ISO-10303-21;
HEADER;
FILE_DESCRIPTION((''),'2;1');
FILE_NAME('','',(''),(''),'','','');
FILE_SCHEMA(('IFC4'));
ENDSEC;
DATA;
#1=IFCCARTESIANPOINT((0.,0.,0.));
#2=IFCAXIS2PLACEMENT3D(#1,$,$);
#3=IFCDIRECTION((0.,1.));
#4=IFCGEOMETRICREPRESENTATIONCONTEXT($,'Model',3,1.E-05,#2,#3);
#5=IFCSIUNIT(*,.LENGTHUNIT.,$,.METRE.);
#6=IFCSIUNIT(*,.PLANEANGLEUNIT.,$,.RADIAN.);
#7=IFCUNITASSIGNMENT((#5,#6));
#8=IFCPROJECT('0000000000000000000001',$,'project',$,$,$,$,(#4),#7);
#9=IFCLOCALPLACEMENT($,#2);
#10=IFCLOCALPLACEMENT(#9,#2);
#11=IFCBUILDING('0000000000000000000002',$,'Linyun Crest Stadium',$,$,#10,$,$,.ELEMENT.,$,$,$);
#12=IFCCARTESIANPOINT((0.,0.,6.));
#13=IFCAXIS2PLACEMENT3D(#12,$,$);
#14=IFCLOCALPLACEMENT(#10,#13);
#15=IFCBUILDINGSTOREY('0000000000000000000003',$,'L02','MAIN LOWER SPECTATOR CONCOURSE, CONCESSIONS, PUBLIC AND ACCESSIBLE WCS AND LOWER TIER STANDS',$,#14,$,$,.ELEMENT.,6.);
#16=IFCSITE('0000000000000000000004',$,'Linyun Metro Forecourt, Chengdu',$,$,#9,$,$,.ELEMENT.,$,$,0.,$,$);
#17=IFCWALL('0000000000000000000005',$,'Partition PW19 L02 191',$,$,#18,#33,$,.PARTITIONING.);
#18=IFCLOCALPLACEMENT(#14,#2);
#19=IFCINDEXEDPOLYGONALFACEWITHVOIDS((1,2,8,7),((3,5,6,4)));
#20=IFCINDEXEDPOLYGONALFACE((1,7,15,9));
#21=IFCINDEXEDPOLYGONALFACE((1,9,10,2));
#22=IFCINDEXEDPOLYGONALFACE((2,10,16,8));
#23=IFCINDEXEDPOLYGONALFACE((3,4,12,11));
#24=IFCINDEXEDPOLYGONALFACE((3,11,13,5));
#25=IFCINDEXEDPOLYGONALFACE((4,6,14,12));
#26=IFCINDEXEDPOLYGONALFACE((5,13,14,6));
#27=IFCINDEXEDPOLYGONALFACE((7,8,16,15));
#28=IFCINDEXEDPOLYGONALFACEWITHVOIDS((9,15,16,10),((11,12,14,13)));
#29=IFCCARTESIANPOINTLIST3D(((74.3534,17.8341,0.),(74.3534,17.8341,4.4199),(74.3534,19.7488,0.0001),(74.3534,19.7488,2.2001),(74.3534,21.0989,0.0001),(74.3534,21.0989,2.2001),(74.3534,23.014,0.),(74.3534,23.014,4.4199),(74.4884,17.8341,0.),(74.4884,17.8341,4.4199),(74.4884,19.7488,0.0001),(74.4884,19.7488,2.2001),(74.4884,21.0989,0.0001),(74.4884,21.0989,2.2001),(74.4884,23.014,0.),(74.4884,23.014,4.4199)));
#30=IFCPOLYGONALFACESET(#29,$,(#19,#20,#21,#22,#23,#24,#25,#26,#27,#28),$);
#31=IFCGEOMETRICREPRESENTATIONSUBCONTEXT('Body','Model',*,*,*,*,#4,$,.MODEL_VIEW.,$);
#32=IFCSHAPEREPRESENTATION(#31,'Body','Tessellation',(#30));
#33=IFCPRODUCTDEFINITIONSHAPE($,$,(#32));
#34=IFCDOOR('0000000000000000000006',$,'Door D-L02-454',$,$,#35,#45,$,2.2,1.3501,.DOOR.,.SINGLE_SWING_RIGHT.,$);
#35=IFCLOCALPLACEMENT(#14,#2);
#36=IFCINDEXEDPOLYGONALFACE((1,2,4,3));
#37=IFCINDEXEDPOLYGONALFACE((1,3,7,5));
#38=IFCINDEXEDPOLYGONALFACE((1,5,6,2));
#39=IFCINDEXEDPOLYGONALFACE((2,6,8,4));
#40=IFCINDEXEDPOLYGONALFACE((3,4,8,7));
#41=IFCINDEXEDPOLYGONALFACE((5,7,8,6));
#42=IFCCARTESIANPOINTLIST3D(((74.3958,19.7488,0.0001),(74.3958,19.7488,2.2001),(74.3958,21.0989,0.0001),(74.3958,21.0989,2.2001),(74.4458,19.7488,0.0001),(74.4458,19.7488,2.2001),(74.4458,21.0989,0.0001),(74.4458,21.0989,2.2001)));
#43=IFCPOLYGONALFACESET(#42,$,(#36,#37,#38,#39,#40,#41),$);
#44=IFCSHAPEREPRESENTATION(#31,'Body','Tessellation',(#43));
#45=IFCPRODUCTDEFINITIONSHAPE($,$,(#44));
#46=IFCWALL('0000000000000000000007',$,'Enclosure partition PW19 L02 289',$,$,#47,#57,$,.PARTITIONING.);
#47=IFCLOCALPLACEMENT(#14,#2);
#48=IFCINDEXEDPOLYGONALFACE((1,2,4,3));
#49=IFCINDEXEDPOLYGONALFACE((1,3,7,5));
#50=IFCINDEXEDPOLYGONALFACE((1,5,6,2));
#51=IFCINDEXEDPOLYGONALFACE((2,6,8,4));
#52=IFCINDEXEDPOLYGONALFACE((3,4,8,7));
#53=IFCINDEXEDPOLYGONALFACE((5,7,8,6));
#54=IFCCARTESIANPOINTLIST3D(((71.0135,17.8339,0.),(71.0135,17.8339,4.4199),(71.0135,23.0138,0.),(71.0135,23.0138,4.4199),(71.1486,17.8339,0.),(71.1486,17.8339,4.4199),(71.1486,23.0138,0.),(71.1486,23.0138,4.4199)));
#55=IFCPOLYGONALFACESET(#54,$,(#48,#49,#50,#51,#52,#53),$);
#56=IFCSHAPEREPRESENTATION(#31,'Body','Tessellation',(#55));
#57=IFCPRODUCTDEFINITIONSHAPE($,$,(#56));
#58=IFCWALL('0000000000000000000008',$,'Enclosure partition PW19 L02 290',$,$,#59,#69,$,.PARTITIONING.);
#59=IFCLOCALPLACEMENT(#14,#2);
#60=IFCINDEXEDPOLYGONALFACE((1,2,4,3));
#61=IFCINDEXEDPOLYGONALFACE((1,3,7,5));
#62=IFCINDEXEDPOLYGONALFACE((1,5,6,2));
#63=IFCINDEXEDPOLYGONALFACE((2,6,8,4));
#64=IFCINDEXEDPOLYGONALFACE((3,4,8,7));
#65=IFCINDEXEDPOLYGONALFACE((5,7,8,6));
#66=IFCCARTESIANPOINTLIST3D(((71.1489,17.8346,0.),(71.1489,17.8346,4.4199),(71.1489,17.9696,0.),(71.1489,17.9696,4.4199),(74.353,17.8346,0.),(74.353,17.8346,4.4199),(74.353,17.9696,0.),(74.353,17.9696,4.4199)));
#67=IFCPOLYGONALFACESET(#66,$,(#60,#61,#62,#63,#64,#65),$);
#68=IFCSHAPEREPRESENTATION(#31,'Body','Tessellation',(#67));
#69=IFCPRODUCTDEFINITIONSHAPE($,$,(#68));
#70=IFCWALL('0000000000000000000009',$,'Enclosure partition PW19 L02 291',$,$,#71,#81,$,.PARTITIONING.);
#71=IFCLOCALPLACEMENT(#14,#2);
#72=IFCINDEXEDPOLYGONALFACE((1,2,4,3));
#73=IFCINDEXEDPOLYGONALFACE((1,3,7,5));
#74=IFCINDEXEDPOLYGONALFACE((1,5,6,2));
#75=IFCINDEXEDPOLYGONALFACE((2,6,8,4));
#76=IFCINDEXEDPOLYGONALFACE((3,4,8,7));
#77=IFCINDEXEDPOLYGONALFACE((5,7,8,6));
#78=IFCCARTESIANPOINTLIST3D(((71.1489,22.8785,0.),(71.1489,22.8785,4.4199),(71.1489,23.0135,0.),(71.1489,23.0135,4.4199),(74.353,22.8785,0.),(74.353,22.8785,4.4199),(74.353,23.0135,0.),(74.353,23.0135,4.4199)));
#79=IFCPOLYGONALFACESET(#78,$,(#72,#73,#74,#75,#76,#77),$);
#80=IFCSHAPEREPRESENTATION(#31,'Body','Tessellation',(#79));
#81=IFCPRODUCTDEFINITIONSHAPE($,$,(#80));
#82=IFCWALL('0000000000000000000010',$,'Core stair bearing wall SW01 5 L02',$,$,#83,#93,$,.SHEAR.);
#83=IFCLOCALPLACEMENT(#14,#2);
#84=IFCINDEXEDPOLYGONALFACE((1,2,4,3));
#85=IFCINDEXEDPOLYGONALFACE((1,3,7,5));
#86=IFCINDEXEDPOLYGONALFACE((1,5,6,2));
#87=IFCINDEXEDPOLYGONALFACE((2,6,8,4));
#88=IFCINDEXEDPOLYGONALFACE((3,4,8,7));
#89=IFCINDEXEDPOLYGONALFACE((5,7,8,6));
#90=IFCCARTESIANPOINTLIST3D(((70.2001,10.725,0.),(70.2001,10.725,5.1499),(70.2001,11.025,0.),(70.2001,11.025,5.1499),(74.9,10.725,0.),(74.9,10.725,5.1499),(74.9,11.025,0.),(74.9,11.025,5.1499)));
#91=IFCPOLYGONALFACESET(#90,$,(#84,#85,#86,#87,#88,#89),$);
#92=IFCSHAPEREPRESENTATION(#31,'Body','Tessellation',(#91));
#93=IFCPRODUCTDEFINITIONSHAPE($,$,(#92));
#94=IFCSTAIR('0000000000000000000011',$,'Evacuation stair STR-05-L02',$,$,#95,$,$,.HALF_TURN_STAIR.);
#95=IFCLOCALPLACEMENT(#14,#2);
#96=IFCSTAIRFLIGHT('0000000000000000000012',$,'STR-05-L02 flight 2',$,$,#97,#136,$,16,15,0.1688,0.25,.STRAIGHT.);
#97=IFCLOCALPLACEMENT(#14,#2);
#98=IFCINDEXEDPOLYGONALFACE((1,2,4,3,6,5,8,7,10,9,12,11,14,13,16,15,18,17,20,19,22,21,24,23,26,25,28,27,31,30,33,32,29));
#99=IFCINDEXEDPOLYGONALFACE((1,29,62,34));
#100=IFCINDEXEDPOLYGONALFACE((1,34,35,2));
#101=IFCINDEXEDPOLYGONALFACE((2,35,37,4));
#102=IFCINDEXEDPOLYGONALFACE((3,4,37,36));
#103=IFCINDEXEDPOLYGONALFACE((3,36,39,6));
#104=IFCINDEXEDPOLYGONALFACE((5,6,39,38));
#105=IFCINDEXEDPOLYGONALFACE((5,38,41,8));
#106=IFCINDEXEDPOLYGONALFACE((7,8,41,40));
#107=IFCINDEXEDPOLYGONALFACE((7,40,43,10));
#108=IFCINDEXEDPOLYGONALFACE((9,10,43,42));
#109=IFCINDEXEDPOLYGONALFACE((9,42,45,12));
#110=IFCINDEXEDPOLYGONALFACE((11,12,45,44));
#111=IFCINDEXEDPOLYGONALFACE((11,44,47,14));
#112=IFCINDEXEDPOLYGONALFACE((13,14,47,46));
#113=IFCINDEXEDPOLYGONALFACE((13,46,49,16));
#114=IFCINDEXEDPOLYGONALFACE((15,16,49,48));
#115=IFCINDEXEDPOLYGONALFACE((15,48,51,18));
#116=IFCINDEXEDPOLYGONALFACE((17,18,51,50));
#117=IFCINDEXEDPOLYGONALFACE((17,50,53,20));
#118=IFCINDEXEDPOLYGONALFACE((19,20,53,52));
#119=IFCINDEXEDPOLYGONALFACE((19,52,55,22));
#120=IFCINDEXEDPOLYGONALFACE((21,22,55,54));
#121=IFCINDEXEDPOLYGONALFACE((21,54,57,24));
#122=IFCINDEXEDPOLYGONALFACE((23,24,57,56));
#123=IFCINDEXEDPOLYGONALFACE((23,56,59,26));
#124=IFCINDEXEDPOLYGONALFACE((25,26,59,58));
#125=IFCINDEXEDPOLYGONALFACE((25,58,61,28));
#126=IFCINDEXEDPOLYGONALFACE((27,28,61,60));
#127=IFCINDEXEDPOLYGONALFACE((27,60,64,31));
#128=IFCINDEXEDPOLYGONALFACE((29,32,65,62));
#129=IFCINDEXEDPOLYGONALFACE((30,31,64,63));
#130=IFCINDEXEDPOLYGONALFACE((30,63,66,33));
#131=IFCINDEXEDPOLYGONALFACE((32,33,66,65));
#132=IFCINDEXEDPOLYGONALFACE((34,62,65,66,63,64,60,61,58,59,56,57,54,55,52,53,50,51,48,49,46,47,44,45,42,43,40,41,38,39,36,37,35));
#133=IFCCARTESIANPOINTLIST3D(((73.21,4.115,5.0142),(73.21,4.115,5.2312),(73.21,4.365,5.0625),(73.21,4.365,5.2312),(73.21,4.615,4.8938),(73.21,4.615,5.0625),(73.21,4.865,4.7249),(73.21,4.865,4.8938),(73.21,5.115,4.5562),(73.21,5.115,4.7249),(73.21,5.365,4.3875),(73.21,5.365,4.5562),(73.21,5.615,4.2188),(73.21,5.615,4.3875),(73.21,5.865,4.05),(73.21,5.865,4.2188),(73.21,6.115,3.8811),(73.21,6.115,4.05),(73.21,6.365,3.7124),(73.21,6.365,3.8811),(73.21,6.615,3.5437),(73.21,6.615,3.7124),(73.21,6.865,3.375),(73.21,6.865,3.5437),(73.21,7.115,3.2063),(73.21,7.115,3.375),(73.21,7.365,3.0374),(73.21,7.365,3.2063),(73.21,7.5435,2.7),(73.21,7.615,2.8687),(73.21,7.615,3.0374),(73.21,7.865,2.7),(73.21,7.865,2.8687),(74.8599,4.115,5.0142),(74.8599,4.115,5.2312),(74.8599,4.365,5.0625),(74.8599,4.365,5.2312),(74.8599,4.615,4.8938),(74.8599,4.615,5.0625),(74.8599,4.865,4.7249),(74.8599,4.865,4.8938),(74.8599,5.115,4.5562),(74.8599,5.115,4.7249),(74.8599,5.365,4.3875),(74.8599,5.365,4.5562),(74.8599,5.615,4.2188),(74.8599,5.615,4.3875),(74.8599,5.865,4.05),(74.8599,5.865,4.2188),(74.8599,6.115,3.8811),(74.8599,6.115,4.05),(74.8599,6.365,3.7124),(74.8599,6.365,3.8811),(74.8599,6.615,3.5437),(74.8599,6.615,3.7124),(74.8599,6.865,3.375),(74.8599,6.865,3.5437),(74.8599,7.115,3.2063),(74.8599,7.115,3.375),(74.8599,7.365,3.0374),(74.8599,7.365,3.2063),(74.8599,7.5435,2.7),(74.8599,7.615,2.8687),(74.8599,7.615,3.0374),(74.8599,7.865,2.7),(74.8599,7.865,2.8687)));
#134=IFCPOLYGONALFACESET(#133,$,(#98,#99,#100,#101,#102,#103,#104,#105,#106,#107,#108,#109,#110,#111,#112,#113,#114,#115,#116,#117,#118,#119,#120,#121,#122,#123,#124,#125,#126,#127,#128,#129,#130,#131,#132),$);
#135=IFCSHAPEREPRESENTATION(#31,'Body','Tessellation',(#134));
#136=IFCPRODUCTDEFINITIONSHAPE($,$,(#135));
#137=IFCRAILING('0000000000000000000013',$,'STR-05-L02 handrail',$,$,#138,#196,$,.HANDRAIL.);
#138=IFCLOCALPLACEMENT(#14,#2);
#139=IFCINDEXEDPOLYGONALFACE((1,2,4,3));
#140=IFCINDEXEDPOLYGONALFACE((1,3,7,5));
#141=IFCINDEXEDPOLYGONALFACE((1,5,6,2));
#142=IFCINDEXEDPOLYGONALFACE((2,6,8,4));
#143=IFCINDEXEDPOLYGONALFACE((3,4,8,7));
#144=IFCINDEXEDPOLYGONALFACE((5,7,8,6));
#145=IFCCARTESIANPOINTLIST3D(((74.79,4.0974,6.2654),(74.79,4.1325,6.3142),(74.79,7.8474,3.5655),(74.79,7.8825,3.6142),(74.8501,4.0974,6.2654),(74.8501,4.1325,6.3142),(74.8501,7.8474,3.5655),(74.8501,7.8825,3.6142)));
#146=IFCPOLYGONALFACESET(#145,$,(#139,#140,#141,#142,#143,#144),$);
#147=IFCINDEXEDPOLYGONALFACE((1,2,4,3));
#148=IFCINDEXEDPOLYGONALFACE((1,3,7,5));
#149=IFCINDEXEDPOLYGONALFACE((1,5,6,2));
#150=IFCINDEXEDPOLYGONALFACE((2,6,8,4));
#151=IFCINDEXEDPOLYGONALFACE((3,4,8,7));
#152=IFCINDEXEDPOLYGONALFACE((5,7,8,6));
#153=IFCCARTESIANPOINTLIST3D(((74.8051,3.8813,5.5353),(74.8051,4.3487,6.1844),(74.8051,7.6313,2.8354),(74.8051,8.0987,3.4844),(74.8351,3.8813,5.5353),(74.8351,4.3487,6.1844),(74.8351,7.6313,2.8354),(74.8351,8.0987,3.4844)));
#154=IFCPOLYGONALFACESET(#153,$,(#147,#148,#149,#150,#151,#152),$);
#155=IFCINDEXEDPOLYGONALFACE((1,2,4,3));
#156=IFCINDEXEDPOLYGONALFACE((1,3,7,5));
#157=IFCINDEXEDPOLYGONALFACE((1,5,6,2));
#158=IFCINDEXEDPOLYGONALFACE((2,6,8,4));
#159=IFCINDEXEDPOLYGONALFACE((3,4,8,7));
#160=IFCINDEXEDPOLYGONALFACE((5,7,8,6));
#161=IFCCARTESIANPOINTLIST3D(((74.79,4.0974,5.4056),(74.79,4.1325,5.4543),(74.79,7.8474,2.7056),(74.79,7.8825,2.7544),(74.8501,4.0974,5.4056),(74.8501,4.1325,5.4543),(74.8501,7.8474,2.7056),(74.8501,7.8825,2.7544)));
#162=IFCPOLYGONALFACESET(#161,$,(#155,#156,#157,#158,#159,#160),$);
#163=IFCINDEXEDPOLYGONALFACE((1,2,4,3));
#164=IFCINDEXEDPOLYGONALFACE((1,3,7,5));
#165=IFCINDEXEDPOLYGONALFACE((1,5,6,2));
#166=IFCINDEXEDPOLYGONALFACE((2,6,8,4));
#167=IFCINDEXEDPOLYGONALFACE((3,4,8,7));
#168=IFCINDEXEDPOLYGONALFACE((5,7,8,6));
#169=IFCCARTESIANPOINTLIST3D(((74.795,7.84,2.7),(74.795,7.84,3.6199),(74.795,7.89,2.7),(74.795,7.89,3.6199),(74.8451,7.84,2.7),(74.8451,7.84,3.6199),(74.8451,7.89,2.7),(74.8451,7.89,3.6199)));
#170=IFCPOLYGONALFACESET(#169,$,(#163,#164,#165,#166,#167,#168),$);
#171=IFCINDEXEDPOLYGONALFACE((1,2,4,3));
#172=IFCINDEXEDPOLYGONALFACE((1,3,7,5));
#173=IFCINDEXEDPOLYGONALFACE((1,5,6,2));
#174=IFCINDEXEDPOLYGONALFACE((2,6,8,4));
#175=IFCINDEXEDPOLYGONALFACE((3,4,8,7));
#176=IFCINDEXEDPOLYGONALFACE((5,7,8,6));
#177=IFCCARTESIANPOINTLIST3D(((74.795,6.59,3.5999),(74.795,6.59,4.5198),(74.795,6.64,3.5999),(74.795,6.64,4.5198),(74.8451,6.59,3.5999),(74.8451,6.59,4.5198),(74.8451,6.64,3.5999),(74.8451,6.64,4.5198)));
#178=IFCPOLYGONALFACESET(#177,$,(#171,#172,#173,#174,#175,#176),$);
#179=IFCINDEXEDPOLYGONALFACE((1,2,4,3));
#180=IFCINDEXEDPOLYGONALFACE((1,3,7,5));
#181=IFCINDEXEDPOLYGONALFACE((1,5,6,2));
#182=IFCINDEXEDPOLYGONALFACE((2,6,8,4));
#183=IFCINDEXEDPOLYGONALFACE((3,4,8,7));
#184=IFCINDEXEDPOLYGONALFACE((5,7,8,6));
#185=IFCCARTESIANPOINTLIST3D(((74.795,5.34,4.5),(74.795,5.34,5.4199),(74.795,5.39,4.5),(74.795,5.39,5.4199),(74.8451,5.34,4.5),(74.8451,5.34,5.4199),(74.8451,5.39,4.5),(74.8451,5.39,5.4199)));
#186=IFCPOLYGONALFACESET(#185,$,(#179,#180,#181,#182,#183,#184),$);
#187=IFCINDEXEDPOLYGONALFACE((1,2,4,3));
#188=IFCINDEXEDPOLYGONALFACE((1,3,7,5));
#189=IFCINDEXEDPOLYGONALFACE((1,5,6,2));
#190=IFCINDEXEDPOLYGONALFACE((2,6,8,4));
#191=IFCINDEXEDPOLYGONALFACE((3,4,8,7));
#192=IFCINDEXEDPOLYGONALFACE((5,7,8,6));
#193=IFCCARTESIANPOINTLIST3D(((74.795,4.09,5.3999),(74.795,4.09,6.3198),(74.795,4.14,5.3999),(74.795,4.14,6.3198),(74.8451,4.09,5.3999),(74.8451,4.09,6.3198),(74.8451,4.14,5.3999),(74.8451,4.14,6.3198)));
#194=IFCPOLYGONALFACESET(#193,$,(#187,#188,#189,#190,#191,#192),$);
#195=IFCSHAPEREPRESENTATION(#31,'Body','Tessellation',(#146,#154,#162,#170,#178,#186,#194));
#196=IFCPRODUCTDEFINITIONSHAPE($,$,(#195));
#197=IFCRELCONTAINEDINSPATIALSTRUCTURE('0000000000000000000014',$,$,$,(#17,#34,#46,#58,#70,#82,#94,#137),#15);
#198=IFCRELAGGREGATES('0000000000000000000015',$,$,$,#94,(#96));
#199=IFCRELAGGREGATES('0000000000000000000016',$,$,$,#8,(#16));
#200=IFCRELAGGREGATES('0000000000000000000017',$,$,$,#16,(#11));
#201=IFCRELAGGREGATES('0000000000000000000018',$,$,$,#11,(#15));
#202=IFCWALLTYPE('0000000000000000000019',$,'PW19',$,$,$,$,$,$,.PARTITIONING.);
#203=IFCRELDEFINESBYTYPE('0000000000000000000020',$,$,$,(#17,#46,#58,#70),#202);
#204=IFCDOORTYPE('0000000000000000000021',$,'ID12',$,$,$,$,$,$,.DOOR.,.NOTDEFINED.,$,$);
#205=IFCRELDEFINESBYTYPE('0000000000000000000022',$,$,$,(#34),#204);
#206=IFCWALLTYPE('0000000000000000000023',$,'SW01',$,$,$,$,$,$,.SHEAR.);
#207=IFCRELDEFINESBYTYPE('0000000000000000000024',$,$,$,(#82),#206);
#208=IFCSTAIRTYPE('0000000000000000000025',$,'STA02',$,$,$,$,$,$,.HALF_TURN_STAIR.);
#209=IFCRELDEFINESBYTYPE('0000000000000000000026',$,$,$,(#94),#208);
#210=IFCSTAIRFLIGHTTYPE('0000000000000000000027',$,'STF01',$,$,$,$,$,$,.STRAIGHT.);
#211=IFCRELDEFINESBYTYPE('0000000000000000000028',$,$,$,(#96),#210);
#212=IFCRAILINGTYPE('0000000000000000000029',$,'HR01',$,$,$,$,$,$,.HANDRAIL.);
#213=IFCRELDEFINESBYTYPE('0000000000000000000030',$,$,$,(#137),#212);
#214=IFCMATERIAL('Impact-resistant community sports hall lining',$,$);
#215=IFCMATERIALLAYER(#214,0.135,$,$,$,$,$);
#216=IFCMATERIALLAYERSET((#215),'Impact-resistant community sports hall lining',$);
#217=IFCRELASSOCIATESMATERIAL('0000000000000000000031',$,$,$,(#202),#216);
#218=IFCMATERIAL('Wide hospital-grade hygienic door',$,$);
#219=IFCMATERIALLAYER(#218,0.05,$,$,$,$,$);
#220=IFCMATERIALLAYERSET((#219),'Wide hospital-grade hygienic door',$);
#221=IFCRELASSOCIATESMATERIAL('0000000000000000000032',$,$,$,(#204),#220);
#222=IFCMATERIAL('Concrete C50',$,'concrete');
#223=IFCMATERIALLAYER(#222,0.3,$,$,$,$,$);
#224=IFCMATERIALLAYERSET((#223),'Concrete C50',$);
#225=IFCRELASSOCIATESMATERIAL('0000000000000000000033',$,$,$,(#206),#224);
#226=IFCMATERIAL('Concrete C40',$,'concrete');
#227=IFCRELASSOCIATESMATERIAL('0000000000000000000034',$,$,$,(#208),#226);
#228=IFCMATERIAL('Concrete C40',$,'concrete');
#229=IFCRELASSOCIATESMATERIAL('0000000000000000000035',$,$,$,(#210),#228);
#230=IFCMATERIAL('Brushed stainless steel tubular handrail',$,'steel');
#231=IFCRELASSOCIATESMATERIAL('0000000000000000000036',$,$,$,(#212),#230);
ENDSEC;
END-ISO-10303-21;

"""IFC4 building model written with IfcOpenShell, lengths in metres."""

from ifc_helpers import new_model, si_unit, direction, frame, frame_2d, origin, origin_2d, place, context, subcontext, project, spatial, polyline, rectangle, outline, extrude, material, layer, layer_set, type_object, element, fill, aggregate, save


model = new_model("IFC4")

# Units and contexts
model_context = context("Model", 3, precision=1e-05, world=origin(), true_north=direction((0.0, 1.0)))
body_context = subcontext(model_context, "Body", "Model", "MODEL_VIEW")
ifc_project = project(units=[si_unit("LENGTHUNIT", "METRE"), si_unit("PLANEANGLEUNIT", "RADIAN")], contexts=[model_context])

# Site, building, storey
site_placement = place(None, origin())
site = spatial("IfcSite", under=ifc_project, at=site_placement, Name="Linyun Metro Forecourt, Chengdu", CompositionType="ELEMENT", RefElevation=0.0)
building_placement = place(site_placement, origin())
building = spatial("IfcBuilding", under=site, at=building_placement, Name="Linyun Crest Stadium", CompositionType="ELEMENT")
storey_placement = place(building_placement, frame((0.0, 0.0, 6.0)))
storey = spatial("IfcBuildingStorey", under=building, at=storey_placement, Name="L02", Description="MAIN LOWER SPECTATOR CONCOURSE, CONCESSIONS, PUBLIC AND ACCESSIBLE WCS AND LOWER TIER STANDS", CompositionType="ELEMENT", Elevation=6.0)

# Wall, opening, door
ifc_material_1 = material(Name="Impact-resistant community sports hall lining")
ifc_layer_1 = layer(ifc_material_1, 0.135)
ifc_layer_set_1 = layer_set([ifc_layer_1], Name="Impact-resistant community sports hall lining")
wall_type_1 = type_object("IfcWallType", Name="PW19", PredefinedType="PARTITIONING", material=ifc_layer_set_1)
wall_1_placement = place(storey_placement, frame((74.4209, 23.0139, 0.0), z_axis=(0.0, 0.0, 1.0), x_axis=(0.0, -1.0, 0.0)))
wall_1 = element("IfcWall", 1, at=wall_1_placement, inside=storey, type_object=wall_type_1, Name="Partition PW19 L02 191", PredefinedType="PARTITIONING", context=body_context, shape_type="SweptSolid", body=[
    extrude(rectangle(XDim=5.1799, YDim=0.135, at=frame_2d((2.5898, 0.0))), origin(), (0.0, 0.0, 1.0), 4.4199),
])
opening_1_placement = place(wall_1_placement, frame((1.915, 0.0, 0.0)))
opening_1 = element("IfcOpeningElement", 2, at=opening_1_placement, cuts=wall_1, PredefinedType="OPENING", context=body_context, shape_type="SweptSolid", body=[
    extrude(rectangle(XDim=1.3501, YDim=2.2, at=frame_2d((0.675, 1.1001))), frame((0.0, 0.0774, 0.0), z_axis=(0.0, -1.0, 0.0), x_axis=(1.0, 0.0, 0.0)), (0.0, 0.0, 1.0), 0.155),
])
ifc_material_2 = material(Name="Wide hospital-grade hygienic door")
ifc_layer_2 = layer(ifc_material_2, 0.05)
ifc_layer_set_2 = layer_set([ifc_layer_2], Name="Wide hospital-grade hygienic door")
door_type_1 = type_object("IfcDoorType", Name="ID12", OperationType="NOTDEFINED", PredefinedType="DOOR", material=ifc_layer_set_2)
door_1_placement = place(opening_1_placement, origin())
door_1 = element("IfcDoor", 3, at=door_1_placement, inside=storey, type_object=door_type_1, Name="Door D-L02-454", OperationType="SINGLE_SWING_RIGHT", OverallHeight=2.2, OverallWidth=1.3501, PredefinedType="DOOR", context=body_context, shape_type="SweptSolid", body=[
    extrude(rectangle(XDim=1.3501, YDim=2.2, at=frame_2d((0.675, 1.1001))), frame((0.0, 0.0249, 0.0), z_axis=(0.0, -1.0, 0.0), x_axis=(1.0, 0.0, 0.0)), (0.0, 0.0, 1.0), 0.05),
])
fill(opening_1, door_1)

# Walls
wall_2_placement = place(storey_placement, frame((71.0811, 17.834, 0.0), z_axis=(0.0, 0.0, 1.0), x_axis=(0.0, 1.0, 0.0)))
element("IfcWall", 4, at=wall_2_placement, inside=storey, type_object=wall_type_1, Name="Enclosure partition PW19 L02 289", PredefinedType="PARTITIONING", context=body_context, shape_type="SweptSolid", body=[
    extrude(rectangle(XDim=5.1799, YDim=0.135, at=frame_2d((2.5898, 0.0))), origin(), (0.0, 0.0, 1.0), 4.4199),
])
for number, where, z_axis, x_axis, name in (
    (5, (71.1489, 17.9021, 0.0), (0.0, 0.0, 1.0), (1.0, 0.0, 0.0), "Enclosure partition PW19 L02 290"),
    (6, (71.1489, 22.946, 0.0), (0.0, 0.0, 1.0), (1.0, 0.0, 0.0), "Enclosure partition PW19 L02 291"),
):
    element("IfcWall", number, at=place(storey_placement, frame(where, z_axis=z_axis, x_axis=x_axis)), inside=storey, type_object=wall_type_1, Name=name, PredefinedType="PARTITIONING", context=body_context, shape_type="SweptSolid", body=[
        extrude(rectangle(XDim=3.2041, YDim=0.135, at=frame_2d((1.6021, 0.0))), origin(), (0.0, 0.0, 1.0), 4.4199),
    ])
ifc_material_3 = material(Name="Concrete C50", Category="concrete")
ifc_layer_3 = layer(ifc_material_3, 0.3)
ifc_layer_set_3 = layer_set([ifc_layer_3], Name="Concrete C50")
wall_type_2 = type_object("IfcWallType", Name="SW01", PredefinedType="SHEAR", material=ifc_layer_set_3)
wall_3_placement = place(storey_placement, frame((70.2, 10.875, 0.0), z_axis=(0.0, 0.0, 1.0), x_axis=(1.0, 0.0, 0.0)))
element("IfcWall", 7, at=wall_3_placement, inside=storey, type_object=wall_type_2, Name="Core stair bearing wall SW01 5 L02", PredefinedType="SHEAR", context=body_context, shape_type="SweptSolid", body=[
    extrude(rectangle(XDim=4.7, YDim=0.3, at=frame_2d((2.3501, 0.0))), origin(), (0.0, 0.0, 1.0), 5.1499),
])

# Stair, stair flight
ifc_material_4 = material(Name="Concrete C40", Category="concrete")
stair_type = type_object("IfcStairType", Name="STA02", PredefinedType="HALF_TURN_STAIR", material=ifc_material_4)
stair_placement = place(storey_placement, origin())
stair = element("IfcStair", 8, at=stair_placement, inside=storey, type_object=stair_type, Name="Evacuation stair STR-05-L02", PredefinedType="HALF_TURN_STAIR")
ifc_material_5 = material(Name="Concrete C40", Category="concrete")
stair_flight_type = type_object("IfcStairFlightType", Name="STF01", PredefinedType="STRAIGHT", material=ifc_material_5)
stair_flight_placement = place(storey_placement, frame((74.0349, 7.865, 2.7), z_axis=(0.0, 0.0, 1.0), x_axis=(0.0, -1.0, 0.0)))
stair_flight = element("IfcStairFlight", 9, at=stair_flight_placement, type_object=stair_flight_type, Name="STR-05-L02 flight 2", NumberOfRisers=16, NumberOfTreads=15, PredefinedType="STRAIGHT", RiserHeight=0.1688, TreadLength=0.25, context=body_context, shape_type="SweptSolid", body=[
    extrude(outline(polyline([(0.0, 0.0), (0.0, 0.1687), (0.25, 0.1687), (0.25, 0.3374), (0.5, 0.3374), (0.5, 0.5063), (0.75, 0.5063), (0.75, 0.675), (1.0, 0.675), (1.0, 0.8438), (1.25, 0.8438), (1.25, 1.0125), (1.5, 1.0125), (1.5, 1.1812), (1.75, 1.1812), (1.75, 1.3501), (2.0, 1.3501), (2.0, 1.5188), (2.25, 1.5188), (2.25, 1.6875), (2.5, 1.6875), (2.5, 1.8562), (2.75, 1.8562), (2.75, 2.0249), (3.0, 2.0249), (3.0, 2.1938), (3.25, 2.1938), (3.25, 2.3625), (3.5, 2.3625), (3.5, 2.5312), (3.75, 2.5312), (3.75, 2.7), (3.75, 2.3142), (0.3215, 0.0), (0.0, 0.0)])), frame((0.0, 0.825, 0.0), z_axis=(0.0, -1.0, 0.0), x_axis=(1.0, 0.0, 0.0)), (0.0, 0.0, 1.0), 1.6499),
])
aggregate(stair, [stair_flight])

# Railing
ifc_material_6 = material(Name="Brushed stainless steel tubular handrail", Category="steel")
railing_type = type_object("IfcRailingType", Name="HR01", PredefinedType="HANDRAIL", material=ifc_material_6)
railing_placement = place(storey_placement, frame((74.8201, 7.865, 2.7)))
element("IfcRailing", 10, at=railing_placement, inside=storey, type_object=railing_type, Name="STR-05-L02 handrail", PredefinedType="HANDRAIL", context=body_context, shape_type="SweptSolid", body=[
    extrude(rectangle(XDim=0.0601, YDim=0.0601, at=origin_2d()), frame((0.0, 0.0, 0.8899), z_axis=(0.0, -0.811539, 0.584298), x_axis=(1.0, 0.0, 0.0)), (0.0, 0.0, 1.0), 4.6208),
    extrude(rectangle(XDim=0.03, YDim=0.7998, at=origin_2d()), frame((0.0, 0.0, 0.46), z_axis=(0.0, -0.811539, 0.584298), x_axis=(1.0, 0.0, 0.0)), (0.0, 0.0, 1.0), 4.6208),
    extrude(rectangle(XDim=0.0601, YDim=0.0601, at=origin_2d()), frame((0.0, 0.0, 0.03), z_axis=(0.0, -0.811539, 0.584298), x_axis=(1.0, 0.0, 0.0)), (0.0, 0.0, 1.0), 4.6208),
    extrude(rectangle(XDim=0.05, YDim=0.05, at=origin_2d()), origin(), (0.0, 0.0, 1.0), 0.9199),
    extrude(rectangle(XDim=0.05, YDim=0.05, at=origin_2d()), frame((0.0, -1.25, 0.8999)), (0.0, 0.0, 1.0), 0.9199),
    extrude(rectangle(XDim=0.05, YDim=0.05, at=origin_2d()), frame((0.0, -2.5, 1.8)), (0.0, 0.0, 1.0), 0.9199),
    extrude(rectangle(XDim=0.05, YDim=0.05, at=origin_2d()), frame((0.0, -3.75, 2.7)), (0.0, 0.0, 1.0), 0.9199),
])

save(model, "model.ifc")
